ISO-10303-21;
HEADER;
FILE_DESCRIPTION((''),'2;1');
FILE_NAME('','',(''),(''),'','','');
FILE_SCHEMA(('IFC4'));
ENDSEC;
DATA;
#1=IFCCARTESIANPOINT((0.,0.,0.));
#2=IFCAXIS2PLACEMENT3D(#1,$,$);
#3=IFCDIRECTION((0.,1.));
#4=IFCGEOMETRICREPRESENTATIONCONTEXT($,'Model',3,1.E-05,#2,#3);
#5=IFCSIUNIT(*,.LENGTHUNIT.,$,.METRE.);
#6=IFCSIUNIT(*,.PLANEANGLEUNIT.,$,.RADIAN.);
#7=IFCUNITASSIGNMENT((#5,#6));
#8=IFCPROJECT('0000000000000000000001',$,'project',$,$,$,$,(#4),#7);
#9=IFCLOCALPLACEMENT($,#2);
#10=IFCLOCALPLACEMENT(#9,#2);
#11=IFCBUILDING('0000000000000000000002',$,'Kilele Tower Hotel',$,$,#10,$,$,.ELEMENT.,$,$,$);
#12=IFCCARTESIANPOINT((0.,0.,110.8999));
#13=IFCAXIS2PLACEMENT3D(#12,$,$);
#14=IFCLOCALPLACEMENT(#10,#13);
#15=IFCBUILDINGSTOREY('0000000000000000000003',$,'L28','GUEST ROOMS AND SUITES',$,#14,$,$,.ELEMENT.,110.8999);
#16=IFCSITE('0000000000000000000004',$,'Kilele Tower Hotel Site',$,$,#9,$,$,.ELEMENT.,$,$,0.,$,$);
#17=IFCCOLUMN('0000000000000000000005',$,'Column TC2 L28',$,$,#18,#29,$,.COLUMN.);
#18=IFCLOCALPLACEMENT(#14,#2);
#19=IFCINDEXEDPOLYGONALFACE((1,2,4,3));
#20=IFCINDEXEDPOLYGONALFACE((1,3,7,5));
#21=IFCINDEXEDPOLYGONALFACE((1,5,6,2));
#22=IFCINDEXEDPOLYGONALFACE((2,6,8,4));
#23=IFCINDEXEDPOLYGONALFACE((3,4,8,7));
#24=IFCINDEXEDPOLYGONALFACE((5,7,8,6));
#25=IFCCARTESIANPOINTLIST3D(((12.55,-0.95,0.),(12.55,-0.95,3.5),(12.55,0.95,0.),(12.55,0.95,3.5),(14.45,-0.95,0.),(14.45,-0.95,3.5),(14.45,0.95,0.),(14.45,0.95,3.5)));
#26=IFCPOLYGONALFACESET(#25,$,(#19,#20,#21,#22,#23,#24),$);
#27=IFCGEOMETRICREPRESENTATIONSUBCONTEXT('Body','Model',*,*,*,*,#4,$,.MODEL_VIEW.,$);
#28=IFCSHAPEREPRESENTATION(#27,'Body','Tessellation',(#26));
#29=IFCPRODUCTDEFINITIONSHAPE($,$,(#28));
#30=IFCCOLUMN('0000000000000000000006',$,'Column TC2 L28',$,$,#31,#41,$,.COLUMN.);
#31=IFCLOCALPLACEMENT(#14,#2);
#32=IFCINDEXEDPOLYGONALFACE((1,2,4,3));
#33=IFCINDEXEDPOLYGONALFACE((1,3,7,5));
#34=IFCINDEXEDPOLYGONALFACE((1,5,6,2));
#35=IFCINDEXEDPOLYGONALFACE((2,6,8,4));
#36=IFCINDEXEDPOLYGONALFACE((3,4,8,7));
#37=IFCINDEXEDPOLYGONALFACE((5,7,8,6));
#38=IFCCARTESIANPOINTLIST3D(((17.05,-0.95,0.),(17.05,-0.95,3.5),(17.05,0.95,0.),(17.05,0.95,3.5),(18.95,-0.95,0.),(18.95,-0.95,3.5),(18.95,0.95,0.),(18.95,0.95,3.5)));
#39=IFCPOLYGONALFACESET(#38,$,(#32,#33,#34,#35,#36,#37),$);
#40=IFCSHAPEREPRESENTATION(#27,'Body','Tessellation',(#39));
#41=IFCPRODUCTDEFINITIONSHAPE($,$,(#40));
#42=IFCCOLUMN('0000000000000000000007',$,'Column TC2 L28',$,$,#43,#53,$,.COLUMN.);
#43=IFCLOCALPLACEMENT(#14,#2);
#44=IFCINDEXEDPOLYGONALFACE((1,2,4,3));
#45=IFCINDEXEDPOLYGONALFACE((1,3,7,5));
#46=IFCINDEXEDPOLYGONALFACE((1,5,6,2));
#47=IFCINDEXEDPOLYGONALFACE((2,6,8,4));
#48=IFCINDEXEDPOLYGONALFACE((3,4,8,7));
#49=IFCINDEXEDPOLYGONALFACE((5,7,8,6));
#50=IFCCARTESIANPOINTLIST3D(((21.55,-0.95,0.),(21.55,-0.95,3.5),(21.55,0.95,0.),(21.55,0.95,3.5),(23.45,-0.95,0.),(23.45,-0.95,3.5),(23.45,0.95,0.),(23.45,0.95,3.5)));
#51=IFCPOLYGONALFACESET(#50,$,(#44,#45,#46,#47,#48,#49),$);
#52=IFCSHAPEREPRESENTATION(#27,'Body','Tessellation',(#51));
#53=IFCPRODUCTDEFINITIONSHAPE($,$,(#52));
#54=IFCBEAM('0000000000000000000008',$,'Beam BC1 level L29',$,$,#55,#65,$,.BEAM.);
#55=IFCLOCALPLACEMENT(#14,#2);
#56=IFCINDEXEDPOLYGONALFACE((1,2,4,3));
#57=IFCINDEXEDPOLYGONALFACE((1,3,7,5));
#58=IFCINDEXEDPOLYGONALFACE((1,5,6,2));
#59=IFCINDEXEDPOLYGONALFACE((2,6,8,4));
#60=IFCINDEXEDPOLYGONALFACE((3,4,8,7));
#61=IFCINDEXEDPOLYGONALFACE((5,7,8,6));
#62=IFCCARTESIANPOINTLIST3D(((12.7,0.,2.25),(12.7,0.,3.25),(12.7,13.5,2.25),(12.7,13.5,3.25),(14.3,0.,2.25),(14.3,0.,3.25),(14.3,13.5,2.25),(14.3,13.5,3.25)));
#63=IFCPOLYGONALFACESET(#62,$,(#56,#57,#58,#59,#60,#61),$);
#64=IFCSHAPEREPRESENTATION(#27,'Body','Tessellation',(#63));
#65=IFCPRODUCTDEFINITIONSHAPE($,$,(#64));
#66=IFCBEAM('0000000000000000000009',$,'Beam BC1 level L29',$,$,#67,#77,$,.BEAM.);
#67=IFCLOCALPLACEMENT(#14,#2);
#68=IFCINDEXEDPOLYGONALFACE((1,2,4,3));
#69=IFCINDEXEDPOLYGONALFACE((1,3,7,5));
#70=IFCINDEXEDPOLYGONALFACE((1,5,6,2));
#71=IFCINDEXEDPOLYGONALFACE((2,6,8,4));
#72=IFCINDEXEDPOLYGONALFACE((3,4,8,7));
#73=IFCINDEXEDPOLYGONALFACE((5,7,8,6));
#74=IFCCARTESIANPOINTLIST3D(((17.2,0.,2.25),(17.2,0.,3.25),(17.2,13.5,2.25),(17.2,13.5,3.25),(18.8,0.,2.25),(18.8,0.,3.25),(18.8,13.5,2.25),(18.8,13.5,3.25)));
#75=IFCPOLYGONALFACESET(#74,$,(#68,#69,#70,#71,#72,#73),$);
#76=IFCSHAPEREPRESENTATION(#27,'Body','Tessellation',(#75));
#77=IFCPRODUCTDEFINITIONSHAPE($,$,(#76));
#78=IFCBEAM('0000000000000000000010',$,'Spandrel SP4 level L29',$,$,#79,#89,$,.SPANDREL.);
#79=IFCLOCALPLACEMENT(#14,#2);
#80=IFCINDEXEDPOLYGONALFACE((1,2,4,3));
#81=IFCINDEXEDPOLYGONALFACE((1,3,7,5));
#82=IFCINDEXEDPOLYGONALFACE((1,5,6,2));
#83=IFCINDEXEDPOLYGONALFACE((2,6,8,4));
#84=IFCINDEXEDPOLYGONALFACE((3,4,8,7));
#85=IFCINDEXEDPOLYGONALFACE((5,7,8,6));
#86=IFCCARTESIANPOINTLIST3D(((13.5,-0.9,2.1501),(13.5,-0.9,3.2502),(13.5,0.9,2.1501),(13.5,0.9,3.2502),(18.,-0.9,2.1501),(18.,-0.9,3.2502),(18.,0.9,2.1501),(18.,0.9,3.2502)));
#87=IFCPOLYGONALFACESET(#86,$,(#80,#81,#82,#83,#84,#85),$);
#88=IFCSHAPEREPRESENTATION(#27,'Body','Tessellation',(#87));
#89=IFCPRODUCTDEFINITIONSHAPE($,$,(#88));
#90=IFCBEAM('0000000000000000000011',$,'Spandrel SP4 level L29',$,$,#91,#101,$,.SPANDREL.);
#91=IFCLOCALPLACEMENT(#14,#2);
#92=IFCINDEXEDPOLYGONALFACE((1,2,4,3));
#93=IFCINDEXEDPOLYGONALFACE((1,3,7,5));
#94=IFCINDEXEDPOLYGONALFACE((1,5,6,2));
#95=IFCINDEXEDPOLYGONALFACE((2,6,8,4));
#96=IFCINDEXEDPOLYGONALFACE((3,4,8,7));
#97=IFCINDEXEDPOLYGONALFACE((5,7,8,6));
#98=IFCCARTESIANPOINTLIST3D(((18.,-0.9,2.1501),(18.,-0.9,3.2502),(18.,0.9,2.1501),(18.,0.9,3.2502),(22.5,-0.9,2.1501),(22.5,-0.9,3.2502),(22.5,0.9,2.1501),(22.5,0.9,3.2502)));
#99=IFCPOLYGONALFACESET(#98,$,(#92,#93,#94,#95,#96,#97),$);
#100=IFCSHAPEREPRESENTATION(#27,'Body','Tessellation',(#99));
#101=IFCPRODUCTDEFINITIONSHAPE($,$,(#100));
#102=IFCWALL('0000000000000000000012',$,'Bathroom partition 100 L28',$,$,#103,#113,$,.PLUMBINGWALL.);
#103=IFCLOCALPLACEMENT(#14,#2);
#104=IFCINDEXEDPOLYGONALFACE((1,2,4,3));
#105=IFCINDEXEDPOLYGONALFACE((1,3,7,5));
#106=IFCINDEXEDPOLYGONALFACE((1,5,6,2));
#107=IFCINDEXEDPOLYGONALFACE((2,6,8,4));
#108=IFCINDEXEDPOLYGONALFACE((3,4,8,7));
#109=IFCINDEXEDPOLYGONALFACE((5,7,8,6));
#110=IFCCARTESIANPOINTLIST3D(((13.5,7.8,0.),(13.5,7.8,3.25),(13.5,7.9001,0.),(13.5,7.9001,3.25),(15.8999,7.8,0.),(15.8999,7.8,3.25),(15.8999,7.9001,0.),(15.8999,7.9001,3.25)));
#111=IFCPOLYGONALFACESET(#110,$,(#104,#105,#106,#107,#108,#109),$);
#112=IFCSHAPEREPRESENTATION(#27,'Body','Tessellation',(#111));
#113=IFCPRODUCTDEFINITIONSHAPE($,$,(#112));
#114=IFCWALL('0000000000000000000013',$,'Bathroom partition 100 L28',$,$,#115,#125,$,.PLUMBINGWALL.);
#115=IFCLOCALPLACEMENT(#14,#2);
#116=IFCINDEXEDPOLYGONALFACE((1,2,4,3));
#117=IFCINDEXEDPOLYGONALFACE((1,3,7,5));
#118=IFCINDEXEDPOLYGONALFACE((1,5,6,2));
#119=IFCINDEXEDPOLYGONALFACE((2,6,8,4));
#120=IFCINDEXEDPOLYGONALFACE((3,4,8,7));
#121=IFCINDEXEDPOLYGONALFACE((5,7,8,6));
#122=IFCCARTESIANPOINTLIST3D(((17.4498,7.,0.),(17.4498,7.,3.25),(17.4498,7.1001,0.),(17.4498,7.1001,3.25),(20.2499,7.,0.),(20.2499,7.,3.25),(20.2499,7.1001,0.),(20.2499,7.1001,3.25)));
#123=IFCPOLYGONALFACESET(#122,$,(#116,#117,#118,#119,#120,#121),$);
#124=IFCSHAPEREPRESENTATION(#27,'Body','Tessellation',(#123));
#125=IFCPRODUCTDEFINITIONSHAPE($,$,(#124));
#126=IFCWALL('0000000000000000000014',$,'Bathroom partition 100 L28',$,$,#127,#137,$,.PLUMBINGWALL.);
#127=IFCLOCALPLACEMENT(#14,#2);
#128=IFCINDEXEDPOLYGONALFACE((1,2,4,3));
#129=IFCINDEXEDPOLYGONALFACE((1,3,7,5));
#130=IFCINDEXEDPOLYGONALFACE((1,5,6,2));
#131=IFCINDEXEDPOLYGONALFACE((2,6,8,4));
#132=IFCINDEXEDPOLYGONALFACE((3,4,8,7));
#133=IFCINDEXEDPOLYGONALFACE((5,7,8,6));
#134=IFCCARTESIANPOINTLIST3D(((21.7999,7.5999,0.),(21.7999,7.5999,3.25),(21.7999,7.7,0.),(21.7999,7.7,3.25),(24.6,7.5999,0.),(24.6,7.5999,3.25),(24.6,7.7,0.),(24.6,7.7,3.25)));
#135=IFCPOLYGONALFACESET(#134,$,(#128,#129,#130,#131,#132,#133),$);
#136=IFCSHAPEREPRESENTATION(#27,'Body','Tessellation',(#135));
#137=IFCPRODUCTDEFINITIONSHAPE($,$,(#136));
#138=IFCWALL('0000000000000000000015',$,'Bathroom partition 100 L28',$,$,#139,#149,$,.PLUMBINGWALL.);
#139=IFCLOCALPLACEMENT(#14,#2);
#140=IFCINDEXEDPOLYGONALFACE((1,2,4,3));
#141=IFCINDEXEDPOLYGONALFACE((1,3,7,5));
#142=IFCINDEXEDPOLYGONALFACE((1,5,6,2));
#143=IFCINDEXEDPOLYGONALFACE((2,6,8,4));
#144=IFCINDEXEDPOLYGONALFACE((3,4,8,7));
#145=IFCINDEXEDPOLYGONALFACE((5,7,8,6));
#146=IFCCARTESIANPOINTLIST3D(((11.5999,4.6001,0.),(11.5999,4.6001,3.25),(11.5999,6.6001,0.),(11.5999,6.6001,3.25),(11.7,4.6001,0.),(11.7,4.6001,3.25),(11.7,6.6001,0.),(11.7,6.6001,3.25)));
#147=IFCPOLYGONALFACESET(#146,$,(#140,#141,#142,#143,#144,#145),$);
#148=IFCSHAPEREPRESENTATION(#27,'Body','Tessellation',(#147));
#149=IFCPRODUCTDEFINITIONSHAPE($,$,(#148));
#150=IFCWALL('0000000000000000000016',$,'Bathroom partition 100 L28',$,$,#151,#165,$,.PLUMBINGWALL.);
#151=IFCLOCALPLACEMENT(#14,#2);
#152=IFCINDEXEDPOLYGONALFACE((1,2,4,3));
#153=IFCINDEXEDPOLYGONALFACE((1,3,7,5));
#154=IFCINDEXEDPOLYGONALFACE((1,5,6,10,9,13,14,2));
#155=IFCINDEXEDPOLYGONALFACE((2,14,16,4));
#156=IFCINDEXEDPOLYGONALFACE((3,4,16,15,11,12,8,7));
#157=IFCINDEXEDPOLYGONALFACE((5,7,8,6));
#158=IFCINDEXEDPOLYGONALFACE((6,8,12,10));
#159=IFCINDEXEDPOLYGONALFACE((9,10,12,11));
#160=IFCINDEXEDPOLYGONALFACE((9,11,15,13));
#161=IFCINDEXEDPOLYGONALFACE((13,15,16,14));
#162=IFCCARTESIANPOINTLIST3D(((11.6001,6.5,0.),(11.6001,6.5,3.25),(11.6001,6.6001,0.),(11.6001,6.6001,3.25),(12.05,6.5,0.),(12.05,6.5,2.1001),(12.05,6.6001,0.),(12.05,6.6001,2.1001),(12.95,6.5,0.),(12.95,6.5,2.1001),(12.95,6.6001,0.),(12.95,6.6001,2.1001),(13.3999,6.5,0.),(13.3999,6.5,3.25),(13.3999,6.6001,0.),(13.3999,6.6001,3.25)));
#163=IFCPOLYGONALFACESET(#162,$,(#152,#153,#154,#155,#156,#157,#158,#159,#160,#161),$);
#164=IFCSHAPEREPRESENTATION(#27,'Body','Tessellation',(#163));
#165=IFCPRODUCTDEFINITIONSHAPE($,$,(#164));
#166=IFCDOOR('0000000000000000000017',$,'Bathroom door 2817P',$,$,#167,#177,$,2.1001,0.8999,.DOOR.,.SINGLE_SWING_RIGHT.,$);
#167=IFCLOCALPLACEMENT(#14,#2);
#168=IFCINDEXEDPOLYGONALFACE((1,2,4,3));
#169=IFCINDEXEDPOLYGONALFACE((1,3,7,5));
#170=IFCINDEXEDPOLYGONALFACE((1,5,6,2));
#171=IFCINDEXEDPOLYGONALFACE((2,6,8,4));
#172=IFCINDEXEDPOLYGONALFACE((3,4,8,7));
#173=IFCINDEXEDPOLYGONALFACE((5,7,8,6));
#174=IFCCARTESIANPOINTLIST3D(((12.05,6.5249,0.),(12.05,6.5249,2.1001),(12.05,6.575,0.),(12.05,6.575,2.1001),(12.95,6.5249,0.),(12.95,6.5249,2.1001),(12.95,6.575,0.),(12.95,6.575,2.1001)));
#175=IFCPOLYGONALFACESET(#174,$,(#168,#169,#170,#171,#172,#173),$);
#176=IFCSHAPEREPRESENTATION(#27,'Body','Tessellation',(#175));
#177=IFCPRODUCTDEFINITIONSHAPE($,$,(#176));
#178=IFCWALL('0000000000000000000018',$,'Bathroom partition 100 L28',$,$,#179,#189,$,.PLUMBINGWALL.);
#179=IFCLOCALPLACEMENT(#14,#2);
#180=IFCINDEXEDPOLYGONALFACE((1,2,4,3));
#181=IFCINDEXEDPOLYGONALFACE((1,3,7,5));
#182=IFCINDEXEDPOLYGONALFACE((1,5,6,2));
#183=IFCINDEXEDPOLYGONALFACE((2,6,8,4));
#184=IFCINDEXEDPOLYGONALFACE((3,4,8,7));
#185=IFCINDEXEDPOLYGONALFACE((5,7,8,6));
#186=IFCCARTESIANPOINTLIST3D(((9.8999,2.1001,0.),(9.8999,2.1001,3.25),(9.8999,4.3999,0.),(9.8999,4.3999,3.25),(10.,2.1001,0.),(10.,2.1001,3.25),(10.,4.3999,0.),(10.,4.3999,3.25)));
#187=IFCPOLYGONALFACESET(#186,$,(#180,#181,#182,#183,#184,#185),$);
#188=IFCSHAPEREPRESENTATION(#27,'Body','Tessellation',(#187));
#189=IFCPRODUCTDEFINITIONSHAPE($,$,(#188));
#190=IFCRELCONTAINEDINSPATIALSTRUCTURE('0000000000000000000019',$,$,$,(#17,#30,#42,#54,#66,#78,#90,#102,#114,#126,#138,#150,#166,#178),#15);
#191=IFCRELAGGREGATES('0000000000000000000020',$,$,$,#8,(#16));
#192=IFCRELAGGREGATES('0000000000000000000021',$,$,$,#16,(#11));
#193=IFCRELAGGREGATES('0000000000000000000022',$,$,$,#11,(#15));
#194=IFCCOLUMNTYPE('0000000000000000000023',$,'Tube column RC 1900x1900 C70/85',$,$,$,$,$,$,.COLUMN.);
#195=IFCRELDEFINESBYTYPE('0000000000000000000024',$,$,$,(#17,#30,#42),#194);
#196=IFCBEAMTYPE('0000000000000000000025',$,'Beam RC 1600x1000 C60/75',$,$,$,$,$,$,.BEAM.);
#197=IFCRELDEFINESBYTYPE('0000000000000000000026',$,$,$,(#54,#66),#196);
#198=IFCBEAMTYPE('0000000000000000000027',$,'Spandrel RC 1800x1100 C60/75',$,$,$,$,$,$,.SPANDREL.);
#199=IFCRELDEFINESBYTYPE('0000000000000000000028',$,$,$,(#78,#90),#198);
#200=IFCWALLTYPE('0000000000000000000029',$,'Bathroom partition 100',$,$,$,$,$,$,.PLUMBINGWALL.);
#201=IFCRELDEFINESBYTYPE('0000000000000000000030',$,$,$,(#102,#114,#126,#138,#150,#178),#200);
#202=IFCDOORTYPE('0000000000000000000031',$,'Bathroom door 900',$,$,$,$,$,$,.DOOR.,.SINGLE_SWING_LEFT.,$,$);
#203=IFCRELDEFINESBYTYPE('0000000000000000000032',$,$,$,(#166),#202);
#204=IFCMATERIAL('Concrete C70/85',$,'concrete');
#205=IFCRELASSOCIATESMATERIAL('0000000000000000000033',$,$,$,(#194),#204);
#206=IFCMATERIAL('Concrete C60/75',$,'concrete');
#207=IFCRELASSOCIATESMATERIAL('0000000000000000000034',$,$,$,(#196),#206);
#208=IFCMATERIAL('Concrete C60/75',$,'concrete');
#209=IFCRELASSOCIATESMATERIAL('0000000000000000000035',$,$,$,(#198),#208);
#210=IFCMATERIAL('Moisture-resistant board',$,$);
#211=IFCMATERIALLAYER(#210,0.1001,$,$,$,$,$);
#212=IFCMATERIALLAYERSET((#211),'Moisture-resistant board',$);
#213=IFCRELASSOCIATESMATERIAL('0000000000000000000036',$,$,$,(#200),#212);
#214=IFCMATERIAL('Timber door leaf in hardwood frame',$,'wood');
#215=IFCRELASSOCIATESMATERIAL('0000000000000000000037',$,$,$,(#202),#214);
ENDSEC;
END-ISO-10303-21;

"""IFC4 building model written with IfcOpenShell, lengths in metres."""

from ifc_helpers import new_model, si_unit, direction, frame, frame_2d, origin, origin_2d, place, context, subcontext, project, spatial, rectangle, extrude, material, layer, layer_set, material_profile, profile_set, type_object, element, fill, save


model = new_model("IFC4")

# Units and contexts
model_context = context("Model", 3, precision=1e-05, world=origin(), true_north=direction((0.0, 1.0)))
body_context = subcontext(model_context, "Body", "Model", "MODEL_VIEW")
ifc_project = project(units=[si_unit("LENGTHUNIT", "METRE"), si_unit("PLANEANGLEUNIT", "RADIAN")], contexts=[model_context])

# Site, building, storey
site_placement = place(None, origin())
site = spatial("IfcSite", under=ifc_project, at=site_placement, Name="Kilele Tower Hotel Site", CompositionType="ELEMENT", RefElevation=0.0)
building_placement = place(site_placement, origin())
building = spatial("IfcBuilding", under=site, at=building_placement, Name="Kilele Tower Hotel", CompositionType="ELEMENT")
storey_placement = place(building_placement, frame((0.0, 0.0, 110.8999)))
storey = spatial("IfcBuildingStorey", under=building, at=storey_placement, Name="L28", Description="GUEST ROOMS AND SUITES", CompositionType="ELEMENT", Elevation=110.8999)

# Columns
ifc_material_1 = material(Name="Concrete C70/85", Category="concrete")
ifc_material_profile_1 = material_profile(ifc_material_1, rectangle(XDim=1.8999, YDim=1.8999, at=origin_2d()))
ifc_profile_set_1 = profile_set([ifc_material_profile_1], Name="Concrete C70/85")
column_type = type_object("IfcColumnType", Name="Tube column RC 1900x1900 C70/85", PredefinedType="COLUMN", material=ifc_profile_set_1)
for number, where, z_axis, x_axis, name in (
    (1, (13.5, 0.0, 0.0), (0.0, 0.0, 1.0), (1.0, 0.0, 0.0), "Column TC2 L28"),
    (2, (18.0, 0.0, 0.0), (0.0, 0.0, 1.0), (1.0, 0.0, 0.0), "Column TC2 L28"),
    (3, (22.5, 0.0, 0.0), (0.0, 0.0, 1.0), (1.0, 0.0, 0.0), "Column TC2 L28"),
):
    element("IfcColumn", number, at=place(storey_placement, frame(where, z_axis=z_axis, x_axis=x_axis)), inside=storey, type_object=column_type, Name=name, PredefinedType="COLUMN", context=body_context, shape_type="SweptSolid", body=[
        extrude(rectangle(XDim=1.8999, YDim=1.8999, at=origin_2d()), origin(), (0.0, 0.0, 1.0), 3.5),
    ])

# Beams
ifc_material_2 = material(Name="Concrete C60/75", Category="concrete")
ifc_material_profile_2 = material_profile(ifc_material_2, rectangle(XDim=1.6001, YDim=1.0, at=origin_2d()))
ifc_profile_set_2 = profile_set([ifc_material_profile_2], Name="Concrete C60/75")
beam_type_1 = type_object("IfcBeamType", Name="Beam RC 1600x1000 C60/75", PredefinedType="BEAM", material=ifc_profile_set_2)
for number, where, z_axis, x_axis, name in (
    (4, (13.5, 0.0, 2.75), (0.0, 1.0, 0.0), (-1.0, 0.0, 0.0), "Beam BC1 level L29"),
    (5, (18.0, 0.0, 2.75), (0.0, 1.0, 0.0), (-1.0, 0.0, 0.0), "Beam BC1 level L29"),
):
    element("IfcBeam", number, at=place(storey_placement, frame(where, z_axis=z_axis, x_axis=x_axis)), inside=storey, type_object=beam_type_1, Name=name, PredefinedType="BEAM", context=body_context, shape_type="SweptSolid", body=[
        extrude(rectangle(XDim=1.6001, YDim=1.0, at=origin_2d()), origin(), (0.0, 0.0, 1.0), 13.5),
    ])
ifc_material_3 = material(Name="Concrete C60/75", Category="concrete")
ifc_material_profile_3 = material_profile(ifc_material_3, rectangle(XDim=1.8, YDim=1.1001, at=origin_2d()))
ifc_profile_set_3 = profile_set([ifc_material_profile_3], Name="Concrete C60/75")
beam_type_2 = type_object("IfcBeamType", Name="Spandrel RC 1800x1100 C60/75", PredefinedType="SPANDREL", material=ifc_profile_set_3)
for number, where, z_axis, x_axis, name in (
    (6, (13.5, 0.0, 2.7002), (1.0, 0.0, 0.0), (0.0, 1.0, 0.0), "Spandrel SP4 level L29"),
    (7, (18.0, 0.0, 2.7002), (1.0, 0.0, 0.0), (0.0, 1.0, 0.0), "Spandrel SP4 level L29"),
):
    element("IfcBeam", number, at=place(storey_placement, frame(where, z_axis=z_axis, x_axis=x_axis)), inside=storey, type_object=beam_type_2, Name=name, PredefinedType="SPANDREL", context=body_context, shape_type="SweptSolid", body=[
        extrude(rectangle(XDim=1.8, YDim=1.1001, at=origin_2d()), origin(), (0.0, 0.0, 1.0), 4.5),
    ])

# Walls
ifc_material_4 = material(Name="Moisture-resistant board")
ifc_layer_1 = layer(ifc_material_4, 0.1001)
ifc_layer_set_1 = layer_set([ifc_layer_1], Name="Moisture-resistant board")
wall_type_1 = type_object("IfcWallType", Name="Bathroom partition 100", PredefinedType="PLUMBINGWALL", material=ifc_layer_set_1)
wall_1_placement = place(storey_placement, frame((13.5, 7.8501, 0.0), z_axis=(0.0, 0.0, 1.0), x_axis=(1.0, 0.0, 0.0)))
element("IfcWall", 8, at=wall_1_placement, inside=storey, type_object=wall_type_1, Name="Bathroom partition 100 L28", PredefinedType="PLUMBINGWALL", context=body_context, shape_type="SweptSolid", body=[
    extrude(rectangle(XDim=2.3999, YDim=0.1001, at=frame_2d((1.2, 0.0))), origin(), (0.0, 0.0, 1.0), 3.25),
])
for number, where, z_axis, x_axis, name in (
    (9, (17.45, 7.05, 0.0), (0.0, 0.0, 1.0), (1.0, 0.0, 0.0), "Bathroom partition 100 L28"),
    (10, (21.8, 7.6499, 0.0), (0.0, 0.0, 1.0), (1.0, 0.0, 0.0), "Bathroom partition 100 L28"),
):
    element("IfcWall", number, at=place(storey_placement, frame(where, z_axis=z_axis, x_axis=x_axis)), inside=storey, type_object=wall_type_1, Name=name, PredefinedType="PLUMBINGWALL", context=body_context, shape_type="SweptSolid", body=[
        extrude(rectangle(XDim=2.8, YDim=0.1001, at=frame_2d((1.3999, 0.0))), origin(), (0.0, 0.0, 1.0), 3.25),
    ])
wall_2_placement = place(storey_placement, frame((11.6499, 4.6001, 0.0), z_axis=(0.0, 0.0, 1.0), x_axis=(0.0, 1.0, 0.0)))
element("IfcWall", 11, at=wall_2_placement, inside=storey, type_object=wall_type_1, Name="Bathroom partition 100 L28", PredefinedType="PLUMBINGWALL", context=body_context, shape_type="SweptSolid", body=[
    extrude(rectangle(XDim=2.0, YDim=0.1001, at=frame_2d((1.0, 0.0))), origin(), (0.0, 0.0, 1.0), 3.25),
])

# Wall, opening, door
wall_3_placement = place(storey_placement, frame((13.3999, 6.55, 0.0), z_axis=(0.0, 0.0, 1.0), x_axis=(-1.0, 0.0, 0.0)))
wall_3 = element("IfcWall", 12, at=wall_3_placement, inside=storey, type_object=wall_type_1, Name="Bathroom partition 100 L28", PredefinedType="PLUMBINGWALL", context=body_context, shape_type="SweptSolid", body=[
    extrude(rectangle(XDim=1.7998, YDim=0.1001, at=frame_2d((0.8999, 0.0))), origin(), (0.0, 0.0, 1.0), 3.25),
])
opening_1_placement = place(wall_3_placement, frame((1.3499, 0.0, 0.0), z_axis=(0.0, 0.0, 1.0), x_axis=(-1.0, 0.0, 0.0)))
opening_1 = element("IfcOpeningElement", 13, at=opening_1_placement, cuts=wall_3, PredefinedType="OPENING", context=body_context, shape_type="SweptSolid", body=[
    extrude(rectangle(XDim=0.8999, YDim=2.1001, at=frame_2d((0.45, 1.05))), frame((0.0, 0.0601, 0.0), z_axis=(0.0, -1.0, 0.0), x_axis=(1.0, 0.0, 0.0)), (0.0, 0.0, 1.0), 0.1201),
])
ifc_material_5 = material(Name="Timber door leaf in hardwood frame", Category="wood")
door_type_1 = type_object("IfcDoorType", Name="Bathroom door 900", OperationType="SINGLE_SWING_LEFT", PredefinedType="DOOR", material=ifc_material_5)
door_1_placement = place(opening_1_placement, origin())
door_1 = element("IfcDoor", 14, at=door_1_placement, inside=storey, type_object=door_type_1, Name="Bathroom door 2817P", OperationType="SINGLE_SWING_RIGHT", OverallHeight=2.1001, OverallWidth=0.8999, PredefinedType="DOOR", context=body_context, shape_type="SweptSolid", body=[
    extrude(rectangle(XDim=0.8999, YDim=2.1001, at=frame_2d((0.45, 1.05))), frame((0.0, 0.0249, 0.0), z_axis=(0.0, -1.0, 0.0), x_axis=(1.0, 0.0, 0.0)), (0.0, 0.0, 1.0), 0.05),
])
fill(opening_1, door_1)

# Wall
wall_4_placement = place(storey_placement, frame((9.95, 4.3999, 0.0), z_axis=(0.0, 0.0, 1.0), x_axis=(0.0, -1.0, 0.0)))
element("IfcWall", 15, at=wall_4_placement, inside=storey, type_object=wall_type_1, Name="Bathroom partition 100 L28", PredefinedType="PLUMBINGWALL", context=body_context, shape_type="SweptSolid", body=[
    extrude(rectangle(XDim=2.2998, YDim=0.1001, at=frame_2d((1.1499, 0.0))), origin(), (0.0, 0.0, 1.0), 3.25),
])

save(model, "model.ifc")
